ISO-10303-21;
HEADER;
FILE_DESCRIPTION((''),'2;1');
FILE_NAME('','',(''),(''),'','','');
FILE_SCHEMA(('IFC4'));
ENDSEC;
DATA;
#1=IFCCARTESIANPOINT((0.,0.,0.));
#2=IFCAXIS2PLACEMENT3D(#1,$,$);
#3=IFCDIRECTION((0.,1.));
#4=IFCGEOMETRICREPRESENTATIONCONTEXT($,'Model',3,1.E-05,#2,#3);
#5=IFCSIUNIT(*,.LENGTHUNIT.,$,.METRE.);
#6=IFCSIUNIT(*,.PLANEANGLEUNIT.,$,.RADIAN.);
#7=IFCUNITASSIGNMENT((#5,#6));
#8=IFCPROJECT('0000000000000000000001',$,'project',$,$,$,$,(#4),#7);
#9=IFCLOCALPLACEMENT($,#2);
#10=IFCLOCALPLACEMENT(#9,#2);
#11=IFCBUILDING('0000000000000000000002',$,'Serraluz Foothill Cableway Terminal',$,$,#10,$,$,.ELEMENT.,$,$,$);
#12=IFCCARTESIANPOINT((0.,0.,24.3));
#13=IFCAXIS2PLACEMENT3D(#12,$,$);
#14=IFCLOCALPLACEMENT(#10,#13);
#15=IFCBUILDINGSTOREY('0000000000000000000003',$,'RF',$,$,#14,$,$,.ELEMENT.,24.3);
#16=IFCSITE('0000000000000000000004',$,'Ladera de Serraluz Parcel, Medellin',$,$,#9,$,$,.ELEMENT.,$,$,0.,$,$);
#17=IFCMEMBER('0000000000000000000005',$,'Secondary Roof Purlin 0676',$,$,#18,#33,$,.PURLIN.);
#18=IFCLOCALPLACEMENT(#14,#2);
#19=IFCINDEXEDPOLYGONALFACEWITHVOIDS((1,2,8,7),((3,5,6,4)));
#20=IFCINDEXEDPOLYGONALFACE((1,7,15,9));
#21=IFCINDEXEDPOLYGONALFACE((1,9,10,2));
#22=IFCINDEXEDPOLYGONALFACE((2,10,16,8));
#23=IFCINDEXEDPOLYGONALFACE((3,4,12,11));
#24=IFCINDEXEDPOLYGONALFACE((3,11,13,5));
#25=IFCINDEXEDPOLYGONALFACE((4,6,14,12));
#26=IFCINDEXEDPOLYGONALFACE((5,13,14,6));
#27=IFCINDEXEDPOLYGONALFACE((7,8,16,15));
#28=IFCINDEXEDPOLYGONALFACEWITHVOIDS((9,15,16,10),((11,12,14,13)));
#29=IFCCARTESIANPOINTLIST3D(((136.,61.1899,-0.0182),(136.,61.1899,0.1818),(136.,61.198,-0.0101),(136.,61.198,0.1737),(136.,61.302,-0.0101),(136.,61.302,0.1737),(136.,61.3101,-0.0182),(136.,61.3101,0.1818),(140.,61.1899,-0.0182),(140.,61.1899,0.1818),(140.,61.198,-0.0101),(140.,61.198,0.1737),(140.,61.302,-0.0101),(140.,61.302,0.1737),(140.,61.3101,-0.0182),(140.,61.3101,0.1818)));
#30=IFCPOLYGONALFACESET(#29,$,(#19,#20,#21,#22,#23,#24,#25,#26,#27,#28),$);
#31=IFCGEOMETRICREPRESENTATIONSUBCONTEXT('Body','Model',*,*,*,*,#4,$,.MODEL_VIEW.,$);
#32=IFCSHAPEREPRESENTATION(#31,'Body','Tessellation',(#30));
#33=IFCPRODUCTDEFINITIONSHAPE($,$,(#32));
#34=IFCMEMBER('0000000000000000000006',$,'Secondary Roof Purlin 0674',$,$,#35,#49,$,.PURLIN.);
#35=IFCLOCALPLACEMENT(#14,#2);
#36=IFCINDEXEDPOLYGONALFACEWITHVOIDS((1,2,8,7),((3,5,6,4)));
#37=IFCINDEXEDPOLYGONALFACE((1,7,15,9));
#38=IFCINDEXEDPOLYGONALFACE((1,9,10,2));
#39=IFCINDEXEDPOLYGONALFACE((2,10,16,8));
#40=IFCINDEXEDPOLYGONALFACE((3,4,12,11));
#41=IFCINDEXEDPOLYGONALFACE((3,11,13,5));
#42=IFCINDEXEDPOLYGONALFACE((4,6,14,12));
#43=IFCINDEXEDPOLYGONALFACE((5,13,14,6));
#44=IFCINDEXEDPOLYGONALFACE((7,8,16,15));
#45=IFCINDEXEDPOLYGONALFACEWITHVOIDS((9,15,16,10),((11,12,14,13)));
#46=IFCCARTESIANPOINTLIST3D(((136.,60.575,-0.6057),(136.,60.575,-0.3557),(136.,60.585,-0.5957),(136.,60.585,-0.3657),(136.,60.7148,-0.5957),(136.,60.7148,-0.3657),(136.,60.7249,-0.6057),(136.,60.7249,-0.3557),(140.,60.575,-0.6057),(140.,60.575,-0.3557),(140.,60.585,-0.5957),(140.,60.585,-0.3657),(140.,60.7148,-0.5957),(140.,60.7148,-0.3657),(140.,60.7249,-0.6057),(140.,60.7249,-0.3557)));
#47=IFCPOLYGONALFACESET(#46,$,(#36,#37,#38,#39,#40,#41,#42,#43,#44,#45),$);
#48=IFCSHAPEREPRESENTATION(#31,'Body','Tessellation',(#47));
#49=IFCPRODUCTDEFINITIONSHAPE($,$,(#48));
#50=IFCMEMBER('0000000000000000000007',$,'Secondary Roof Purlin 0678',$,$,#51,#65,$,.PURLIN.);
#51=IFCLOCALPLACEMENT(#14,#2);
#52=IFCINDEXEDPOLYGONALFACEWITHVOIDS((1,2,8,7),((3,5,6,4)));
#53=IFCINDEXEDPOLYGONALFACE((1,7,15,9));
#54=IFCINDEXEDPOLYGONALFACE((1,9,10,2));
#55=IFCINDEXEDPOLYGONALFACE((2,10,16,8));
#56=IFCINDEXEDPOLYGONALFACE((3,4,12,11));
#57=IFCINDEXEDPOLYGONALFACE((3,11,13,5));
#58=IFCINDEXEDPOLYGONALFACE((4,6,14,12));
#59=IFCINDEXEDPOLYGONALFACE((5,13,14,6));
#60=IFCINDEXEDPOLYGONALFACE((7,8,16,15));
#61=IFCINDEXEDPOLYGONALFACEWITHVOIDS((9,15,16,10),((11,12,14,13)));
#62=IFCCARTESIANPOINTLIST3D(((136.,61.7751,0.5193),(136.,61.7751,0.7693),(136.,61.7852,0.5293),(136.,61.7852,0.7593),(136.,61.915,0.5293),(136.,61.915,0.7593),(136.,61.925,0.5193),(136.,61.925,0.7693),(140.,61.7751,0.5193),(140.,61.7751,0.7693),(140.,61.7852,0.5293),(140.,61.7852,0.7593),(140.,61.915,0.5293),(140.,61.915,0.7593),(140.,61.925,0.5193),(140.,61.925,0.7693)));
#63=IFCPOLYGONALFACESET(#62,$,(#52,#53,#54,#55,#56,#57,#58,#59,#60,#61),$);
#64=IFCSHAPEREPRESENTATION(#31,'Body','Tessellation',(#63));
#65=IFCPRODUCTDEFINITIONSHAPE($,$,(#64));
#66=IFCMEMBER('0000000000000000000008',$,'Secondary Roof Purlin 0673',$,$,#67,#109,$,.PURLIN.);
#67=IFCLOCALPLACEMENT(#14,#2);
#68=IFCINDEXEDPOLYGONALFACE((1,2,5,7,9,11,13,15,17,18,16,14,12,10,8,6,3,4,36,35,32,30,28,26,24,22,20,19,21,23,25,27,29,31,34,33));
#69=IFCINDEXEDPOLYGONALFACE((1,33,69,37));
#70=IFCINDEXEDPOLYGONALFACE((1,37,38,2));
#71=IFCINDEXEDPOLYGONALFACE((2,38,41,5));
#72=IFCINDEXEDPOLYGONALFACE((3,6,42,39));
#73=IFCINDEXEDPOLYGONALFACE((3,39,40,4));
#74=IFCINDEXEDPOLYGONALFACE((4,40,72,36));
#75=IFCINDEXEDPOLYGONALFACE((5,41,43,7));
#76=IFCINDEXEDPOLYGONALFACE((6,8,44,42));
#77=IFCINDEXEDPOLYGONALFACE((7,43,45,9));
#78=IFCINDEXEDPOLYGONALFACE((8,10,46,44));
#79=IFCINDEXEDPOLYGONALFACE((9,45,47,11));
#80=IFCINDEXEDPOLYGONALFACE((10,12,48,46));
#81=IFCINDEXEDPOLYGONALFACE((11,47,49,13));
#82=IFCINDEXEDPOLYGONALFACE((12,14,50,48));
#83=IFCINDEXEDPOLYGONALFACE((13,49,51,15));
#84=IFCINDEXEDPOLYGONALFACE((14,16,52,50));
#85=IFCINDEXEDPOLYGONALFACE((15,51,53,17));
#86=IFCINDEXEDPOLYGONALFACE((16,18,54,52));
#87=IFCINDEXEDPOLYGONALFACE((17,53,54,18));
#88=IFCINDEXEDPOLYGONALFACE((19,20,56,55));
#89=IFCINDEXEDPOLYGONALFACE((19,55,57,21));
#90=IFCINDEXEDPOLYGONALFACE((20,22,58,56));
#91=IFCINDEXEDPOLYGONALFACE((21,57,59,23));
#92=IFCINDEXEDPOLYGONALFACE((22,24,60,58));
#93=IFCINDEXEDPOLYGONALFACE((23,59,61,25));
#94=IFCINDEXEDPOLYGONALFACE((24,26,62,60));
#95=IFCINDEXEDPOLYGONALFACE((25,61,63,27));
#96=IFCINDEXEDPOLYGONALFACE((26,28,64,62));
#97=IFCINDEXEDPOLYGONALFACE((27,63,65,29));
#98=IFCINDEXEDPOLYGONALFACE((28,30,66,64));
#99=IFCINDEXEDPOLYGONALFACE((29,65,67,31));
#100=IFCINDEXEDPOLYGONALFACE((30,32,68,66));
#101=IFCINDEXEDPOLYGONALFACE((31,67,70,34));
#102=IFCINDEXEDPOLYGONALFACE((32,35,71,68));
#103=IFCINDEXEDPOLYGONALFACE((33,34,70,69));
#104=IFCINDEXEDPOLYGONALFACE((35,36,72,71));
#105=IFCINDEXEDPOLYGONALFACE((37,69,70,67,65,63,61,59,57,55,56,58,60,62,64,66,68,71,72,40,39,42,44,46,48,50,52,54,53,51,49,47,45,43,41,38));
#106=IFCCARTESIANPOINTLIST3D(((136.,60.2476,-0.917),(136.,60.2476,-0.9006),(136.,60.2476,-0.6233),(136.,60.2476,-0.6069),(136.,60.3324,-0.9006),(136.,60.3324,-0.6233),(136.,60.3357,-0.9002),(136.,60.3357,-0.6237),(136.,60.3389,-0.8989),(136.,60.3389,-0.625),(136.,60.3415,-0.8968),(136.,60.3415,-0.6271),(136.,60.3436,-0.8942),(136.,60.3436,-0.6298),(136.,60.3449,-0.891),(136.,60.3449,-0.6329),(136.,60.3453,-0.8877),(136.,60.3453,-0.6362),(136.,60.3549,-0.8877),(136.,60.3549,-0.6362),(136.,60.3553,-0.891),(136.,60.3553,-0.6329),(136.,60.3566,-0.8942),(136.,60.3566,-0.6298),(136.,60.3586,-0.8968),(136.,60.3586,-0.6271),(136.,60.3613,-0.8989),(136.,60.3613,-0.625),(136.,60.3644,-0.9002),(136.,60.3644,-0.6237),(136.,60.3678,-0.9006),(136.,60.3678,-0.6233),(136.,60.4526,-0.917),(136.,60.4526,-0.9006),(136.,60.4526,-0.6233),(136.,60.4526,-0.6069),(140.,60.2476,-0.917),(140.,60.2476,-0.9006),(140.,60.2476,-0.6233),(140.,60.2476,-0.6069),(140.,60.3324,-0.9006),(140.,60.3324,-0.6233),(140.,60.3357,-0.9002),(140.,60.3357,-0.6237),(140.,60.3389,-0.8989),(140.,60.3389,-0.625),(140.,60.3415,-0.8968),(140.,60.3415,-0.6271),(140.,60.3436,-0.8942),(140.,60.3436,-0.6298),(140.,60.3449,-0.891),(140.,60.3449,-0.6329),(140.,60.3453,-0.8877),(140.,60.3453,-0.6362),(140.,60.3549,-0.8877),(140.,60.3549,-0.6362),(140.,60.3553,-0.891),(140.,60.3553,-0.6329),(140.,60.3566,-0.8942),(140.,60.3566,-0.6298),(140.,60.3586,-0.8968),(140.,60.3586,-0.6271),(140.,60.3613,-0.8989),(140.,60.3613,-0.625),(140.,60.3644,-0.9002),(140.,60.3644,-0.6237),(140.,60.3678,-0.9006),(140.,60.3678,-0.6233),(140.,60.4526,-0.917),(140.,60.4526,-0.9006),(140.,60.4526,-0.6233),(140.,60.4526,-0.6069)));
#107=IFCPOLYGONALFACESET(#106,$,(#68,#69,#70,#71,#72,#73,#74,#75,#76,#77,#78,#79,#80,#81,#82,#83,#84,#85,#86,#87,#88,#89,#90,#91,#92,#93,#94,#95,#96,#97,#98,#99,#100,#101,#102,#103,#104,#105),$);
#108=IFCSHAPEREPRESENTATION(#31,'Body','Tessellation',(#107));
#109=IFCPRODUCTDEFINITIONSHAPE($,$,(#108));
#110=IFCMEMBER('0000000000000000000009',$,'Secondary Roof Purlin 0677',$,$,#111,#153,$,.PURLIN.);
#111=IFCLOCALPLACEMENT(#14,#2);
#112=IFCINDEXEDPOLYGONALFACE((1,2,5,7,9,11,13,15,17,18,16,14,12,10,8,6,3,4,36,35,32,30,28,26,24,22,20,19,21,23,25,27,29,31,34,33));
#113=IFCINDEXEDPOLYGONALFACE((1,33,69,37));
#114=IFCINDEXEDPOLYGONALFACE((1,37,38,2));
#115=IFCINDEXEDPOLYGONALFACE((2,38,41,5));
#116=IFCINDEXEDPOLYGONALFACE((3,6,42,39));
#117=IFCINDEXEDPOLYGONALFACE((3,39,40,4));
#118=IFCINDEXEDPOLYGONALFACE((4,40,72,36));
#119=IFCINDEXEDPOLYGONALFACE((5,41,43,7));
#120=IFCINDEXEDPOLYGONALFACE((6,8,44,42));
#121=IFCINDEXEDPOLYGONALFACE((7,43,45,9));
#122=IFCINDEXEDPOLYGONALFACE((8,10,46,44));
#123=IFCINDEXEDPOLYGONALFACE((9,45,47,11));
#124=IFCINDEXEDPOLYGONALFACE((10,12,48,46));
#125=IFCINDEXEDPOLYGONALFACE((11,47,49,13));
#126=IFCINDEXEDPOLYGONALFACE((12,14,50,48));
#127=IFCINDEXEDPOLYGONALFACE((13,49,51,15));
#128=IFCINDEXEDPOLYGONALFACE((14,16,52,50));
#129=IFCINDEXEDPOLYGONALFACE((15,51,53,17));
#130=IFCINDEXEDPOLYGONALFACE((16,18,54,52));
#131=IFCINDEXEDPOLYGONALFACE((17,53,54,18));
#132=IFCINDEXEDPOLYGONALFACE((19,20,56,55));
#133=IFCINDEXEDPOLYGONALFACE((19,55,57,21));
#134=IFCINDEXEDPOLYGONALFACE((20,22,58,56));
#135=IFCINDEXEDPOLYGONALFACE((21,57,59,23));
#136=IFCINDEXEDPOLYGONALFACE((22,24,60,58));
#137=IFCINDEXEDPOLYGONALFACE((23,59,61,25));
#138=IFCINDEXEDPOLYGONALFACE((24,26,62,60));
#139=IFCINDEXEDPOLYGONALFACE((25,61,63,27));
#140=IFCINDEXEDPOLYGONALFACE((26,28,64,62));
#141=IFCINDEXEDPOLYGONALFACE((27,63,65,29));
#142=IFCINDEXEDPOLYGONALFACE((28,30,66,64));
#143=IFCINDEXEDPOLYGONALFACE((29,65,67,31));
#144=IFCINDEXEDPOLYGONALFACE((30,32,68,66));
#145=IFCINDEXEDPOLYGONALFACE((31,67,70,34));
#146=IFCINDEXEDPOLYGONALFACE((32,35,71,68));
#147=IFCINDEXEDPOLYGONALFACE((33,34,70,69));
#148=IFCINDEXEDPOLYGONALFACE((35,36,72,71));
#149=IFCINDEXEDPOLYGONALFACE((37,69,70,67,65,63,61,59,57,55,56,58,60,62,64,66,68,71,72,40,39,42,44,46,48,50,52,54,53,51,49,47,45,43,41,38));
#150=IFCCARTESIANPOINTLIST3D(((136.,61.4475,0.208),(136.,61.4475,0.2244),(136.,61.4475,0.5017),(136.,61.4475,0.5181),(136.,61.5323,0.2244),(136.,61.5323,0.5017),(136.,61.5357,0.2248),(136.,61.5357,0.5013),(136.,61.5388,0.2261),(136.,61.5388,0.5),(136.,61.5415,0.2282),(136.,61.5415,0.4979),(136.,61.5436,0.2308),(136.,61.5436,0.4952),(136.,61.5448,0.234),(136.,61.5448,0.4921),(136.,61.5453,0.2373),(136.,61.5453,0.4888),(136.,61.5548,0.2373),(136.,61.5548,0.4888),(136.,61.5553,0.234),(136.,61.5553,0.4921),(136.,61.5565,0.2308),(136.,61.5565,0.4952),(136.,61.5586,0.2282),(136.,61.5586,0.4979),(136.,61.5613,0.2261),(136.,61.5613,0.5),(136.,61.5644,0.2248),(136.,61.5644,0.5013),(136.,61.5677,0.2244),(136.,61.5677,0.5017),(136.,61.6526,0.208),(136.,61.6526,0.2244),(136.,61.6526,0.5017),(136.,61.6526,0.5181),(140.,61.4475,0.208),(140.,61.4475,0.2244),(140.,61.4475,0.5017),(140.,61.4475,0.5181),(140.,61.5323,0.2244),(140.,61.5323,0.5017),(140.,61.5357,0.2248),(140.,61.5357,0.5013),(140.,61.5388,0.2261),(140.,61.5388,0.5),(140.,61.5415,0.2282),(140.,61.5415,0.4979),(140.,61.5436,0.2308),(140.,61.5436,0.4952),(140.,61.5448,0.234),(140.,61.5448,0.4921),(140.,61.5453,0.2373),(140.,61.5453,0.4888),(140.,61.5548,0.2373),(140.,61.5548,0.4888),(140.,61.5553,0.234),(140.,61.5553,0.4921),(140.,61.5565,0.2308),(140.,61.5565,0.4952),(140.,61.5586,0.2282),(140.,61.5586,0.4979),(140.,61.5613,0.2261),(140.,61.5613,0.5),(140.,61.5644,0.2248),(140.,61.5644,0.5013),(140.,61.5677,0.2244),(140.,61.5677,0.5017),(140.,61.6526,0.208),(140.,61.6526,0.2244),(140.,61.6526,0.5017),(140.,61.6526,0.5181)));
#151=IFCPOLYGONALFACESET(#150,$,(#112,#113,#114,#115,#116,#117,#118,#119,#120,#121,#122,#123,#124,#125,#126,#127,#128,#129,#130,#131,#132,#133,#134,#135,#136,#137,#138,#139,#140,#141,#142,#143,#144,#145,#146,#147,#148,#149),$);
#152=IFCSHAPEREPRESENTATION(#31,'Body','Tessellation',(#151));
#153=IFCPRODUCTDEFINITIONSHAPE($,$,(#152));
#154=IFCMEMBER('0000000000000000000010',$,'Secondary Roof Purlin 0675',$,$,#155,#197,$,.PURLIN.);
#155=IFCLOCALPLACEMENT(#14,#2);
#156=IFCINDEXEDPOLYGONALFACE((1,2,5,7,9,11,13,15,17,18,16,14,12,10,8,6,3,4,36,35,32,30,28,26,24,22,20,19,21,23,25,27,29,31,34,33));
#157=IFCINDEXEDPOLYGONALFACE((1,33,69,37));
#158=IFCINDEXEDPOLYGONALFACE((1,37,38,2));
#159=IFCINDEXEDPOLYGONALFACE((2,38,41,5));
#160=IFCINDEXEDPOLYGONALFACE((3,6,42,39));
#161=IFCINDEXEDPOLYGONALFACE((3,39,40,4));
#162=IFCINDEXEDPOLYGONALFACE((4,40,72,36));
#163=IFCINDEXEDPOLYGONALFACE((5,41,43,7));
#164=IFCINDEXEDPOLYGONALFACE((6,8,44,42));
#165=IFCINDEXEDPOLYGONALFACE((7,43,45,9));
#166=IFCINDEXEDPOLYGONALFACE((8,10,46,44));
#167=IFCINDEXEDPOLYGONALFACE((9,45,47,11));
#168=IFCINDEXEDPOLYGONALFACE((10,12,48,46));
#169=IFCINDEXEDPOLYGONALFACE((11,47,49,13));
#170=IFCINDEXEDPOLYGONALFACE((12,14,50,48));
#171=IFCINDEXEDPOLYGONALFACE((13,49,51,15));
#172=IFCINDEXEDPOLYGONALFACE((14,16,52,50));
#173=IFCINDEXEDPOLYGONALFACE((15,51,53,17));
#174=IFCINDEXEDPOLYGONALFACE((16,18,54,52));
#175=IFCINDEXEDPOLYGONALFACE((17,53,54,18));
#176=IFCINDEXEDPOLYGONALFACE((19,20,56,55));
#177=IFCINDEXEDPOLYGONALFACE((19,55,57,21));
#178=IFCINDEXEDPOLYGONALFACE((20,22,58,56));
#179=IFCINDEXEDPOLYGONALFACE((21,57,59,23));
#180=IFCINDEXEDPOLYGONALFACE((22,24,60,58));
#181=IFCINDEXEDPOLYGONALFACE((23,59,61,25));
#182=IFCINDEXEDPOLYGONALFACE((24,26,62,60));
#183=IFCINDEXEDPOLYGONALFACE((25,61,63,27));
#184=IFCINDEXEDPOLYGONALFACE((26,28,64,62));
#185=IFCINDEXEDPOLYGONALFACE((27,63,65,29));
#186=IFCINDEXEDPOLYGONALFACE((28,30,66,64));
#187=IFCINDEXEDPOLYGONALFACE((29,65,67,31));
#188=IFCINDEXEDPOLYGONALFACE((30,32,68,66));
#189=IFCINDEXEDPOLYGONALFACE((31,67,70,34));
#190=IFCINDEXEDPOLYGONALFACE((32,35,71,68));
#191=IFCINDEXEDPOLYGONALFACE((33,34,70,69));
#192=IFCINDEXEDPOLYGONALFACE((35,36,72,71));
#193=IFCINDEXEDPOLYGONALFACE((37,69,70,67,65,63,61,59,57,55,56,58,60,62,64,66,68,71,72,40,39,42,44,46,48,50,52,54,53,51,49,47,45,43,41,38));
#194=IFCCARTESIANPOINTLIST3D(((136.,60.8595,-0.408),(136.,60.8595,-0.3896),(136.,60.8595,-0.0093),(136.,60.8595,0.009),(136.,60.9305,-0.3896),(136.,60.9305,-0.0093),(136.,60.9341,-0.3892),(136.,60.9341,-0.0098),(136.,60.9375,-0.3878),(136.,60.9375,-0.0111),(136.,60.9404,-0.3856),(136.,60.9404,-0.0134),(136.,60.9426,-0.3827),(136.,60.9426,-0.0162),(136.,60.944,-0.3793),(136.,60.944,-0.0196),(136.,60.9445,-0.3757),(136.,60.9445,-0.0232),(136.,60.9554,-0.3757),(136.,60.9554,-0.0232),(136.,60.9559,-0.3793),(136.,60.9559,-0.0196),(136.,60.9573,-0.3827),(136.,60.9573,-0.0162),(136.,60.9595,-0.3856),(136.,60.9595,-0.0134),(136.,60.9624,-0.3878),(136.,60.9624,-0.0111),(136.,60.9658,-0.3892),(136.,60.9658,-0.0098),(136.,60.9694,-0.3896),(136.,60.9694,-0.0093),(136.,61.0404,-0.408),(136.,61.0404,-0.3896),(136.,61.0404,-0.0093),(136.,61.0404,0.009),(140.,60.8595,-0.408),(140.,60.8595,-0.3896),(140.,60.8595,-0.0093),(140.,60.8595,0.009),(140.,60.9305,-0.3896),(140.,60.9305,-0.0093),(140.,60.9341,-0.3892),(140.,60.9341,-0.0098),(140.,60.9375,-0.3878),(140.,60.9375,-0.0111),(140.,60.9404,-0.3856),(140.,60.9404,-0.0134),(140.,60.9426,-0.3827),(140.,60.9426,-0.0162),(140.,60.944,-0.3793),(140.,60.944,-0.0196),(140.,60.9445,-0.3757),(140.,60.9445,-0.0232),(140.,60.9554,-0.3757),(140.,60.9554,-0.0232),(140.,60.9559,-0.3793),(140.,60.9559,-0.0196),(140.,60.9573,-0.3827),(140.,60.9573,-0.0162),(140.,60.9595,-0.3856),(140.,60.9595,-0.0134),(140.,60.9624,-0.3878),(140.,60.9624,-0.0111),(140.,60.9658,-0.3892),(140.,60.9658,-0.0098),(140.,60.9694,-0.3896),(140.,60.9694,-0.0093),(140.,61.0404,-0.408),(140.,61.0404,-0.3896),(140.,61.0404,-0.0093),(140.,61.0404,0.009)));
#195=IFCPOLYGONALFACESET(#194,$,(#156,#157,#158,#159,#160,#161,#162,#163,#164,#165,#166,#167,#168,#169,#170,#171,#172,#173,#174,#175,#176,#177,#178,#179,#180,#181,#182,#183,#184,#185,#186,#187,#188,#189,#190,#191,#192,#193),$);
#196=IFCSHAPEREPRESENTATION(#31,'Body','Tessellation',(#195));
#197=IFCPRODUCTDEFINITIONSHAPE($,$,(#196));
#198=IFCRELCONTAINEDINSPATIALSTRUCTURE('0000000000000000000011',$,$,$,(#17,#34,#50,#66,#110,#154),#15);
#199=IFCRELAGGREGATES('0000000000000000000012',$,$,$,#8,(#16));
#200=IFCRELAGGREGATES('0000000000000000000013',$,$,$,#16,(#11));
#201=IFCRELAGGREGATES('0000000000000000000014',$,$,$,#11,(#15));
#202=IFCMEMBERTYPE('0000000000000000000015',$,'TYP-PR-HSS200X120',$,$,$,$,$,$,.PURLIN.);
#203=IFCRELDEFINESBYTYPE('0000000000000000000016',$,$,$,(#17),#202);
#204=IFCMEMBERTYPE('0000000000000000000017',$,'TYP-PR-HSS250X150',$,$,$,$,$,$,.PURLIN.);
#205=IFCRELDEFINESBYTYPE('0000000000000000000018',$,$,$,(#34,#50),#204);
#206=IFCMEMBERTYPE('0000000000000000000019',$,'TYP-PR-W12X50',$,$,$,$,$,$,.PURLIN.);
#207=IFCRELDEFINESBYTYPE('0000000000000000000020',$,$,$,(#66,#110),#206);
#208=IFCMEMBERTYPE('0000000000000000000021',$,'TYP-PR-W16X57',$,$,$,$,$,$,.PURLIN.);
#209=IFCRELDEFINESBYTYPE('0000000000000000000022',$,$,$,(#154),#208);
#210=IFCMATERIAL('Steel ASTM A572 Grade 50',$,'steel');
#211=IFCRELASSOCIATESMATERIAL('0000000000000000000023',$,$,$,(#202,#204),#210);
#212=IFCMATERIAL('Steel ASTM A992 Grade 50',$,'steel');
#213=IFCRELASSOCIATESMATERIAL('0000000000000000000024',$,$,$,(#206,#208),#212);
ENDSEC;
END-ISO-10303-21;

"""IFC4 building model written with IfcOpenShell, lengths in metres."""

from ifc_helpers import new_model, si_unit, direction, frame, origin, origin_2d, place, context, subcontext, project, spatial, hollow_rectangle, i_section, extrude, material, material_profile, profile_set, type_object, element, save


model = new_model("IFC4")

# Units and contexts
model_context = context("Model", 3, precision=1e-05, world=origin(), true_north=direction((0.0, 1.0)))
body_context = subcontext(model_context, "Body", "Model", "MODEL_VIEW")
ifc_project = project(units=[si_unit("LENGTHUNIT", "METRE"), si_unit("PLANEANGLEUNIT", "RADIAN")], contexts=[model_context])

# Site, building, storey
site_placement = place(None, origin())
site = spatial("IfcSite", under=ifc_project, at=site_placement, Name="Ladera de Serraluz Parcel, Medellin", CompositionType="ELEMENT", RefElevation=0.0)
building_placement = place(site_placement, origin())
building = spatial("IfcBuilding", under=site, at=building_placement, Name="Serraluz Foothill Cableway Terminal", CompositionType="ELEMENT")
storey_placement = place(building_placement, frame((0.0, 0.0, 24.3)))
storey = spatial("IfcBuildingStorey", under=building, at=storey_placement, Name="RF", CompositionType="ELEMENT", Elevation=24.3)

# Members
ifc_material_1 = material(Name="Steel ASTM A572 Grade 50", Category="steel")
ifc_material_profile_1 = material_profile(ifc_material_1, hollow_rectangle(XDim=0.1201, YDim=0.2, WallThickness=0.0081, at=origin_2d()), Name="HSS200X120X8")
ifc_profile_set_1 = profile_set([ifc_material_profile_1], Name="Steel ASTM A572 Grade 50")
member_type_1 = type_object("IfcMemberType", Name="TYP-PR-HSS200X120", PredefinedType="PURLIN", material=ifc_profile_set_1)
member_1_placement = place(storey_placement, frame((136.0, 61.25, 0.0818), z_axis=(1.0, 0.0, 0.0), x_axis=(0.0, 1.0, 0.0)))
element("IfcMember", 1, at=member_1_placement, inside=storey, type_object=member_type_1, Name="Secondary Roof Purlin 0676", PredefinedType="PURLIN", context=body_context, shape_type="SweptSolid", body=[
    extrude(hollow_rectangle(XDim=0.1201, YDim=0.2, WallThickness=0.0081, at=origin_2d()), origin(), (0.0, 0.0, 1.0), 4.0),
])
ifc_material_profile_2 = material_profile(ifc_material_1, hollow_rectangle(XDim=0.1499, YDim=0.25, WallThickness=0.01, at=origin_2d()), Name="HSS250X150X10")
ifc_profile_set_2 = profile_set([ifc_material_profile_2], Name="Steel ASTM A572 Grade 50")
member_type_2 = type_object("IfcMemberType", Name="TYP-PR-HSS250X150", PredefinedType="PURLIN", material=ifc_profile_set_2)
for number, where, z_axis, x_axis, name in (
    (2, (136.0, 60.6499, -0.4807), (1.0, 0.0, 0.0), (0.0, 1.0, 0.0), "Secondary Roof Purlin 0674"),
    (3, (136.0, 61.8501, 0.6443), (1.0, 0.0, 0.0), (0.0, 1.0, 0.0), "Secondary Roof Purlin 0678"),
):
    element("IfcMember", number, at=place(storey_placement, frame(where, z_axis=z_axis, x_axis=x_axis)), inside=storey, type_object=member_type_2, Name=name, PredefinedType="PURLIN", context=body_context, shape_type="SweptSolid", body=[
        extrude(hollow_rectangle(XDim=0.1499, YDim=0.25, WallThickness=0.01, at=origin_2d()), origin(), (0.0, 0.0, 1.0), 4.0),
    ])
ifc_material_2 = material(Name="Steel ASTM A992 Grade 50", Category="steel")
ifc_material_profile_3 = material_profile(ifc_material_2, i_section(OverallWidth=0.2051, OverallDepth=0.3101, WebThickness=0.0095, FlangeThickness=0.0164, FilletRadius=0.0129, at=origin_2d()), Name="W12X50")
ifc_profile_set_3 = profile_set([ifc_material_profile_3], Name="Steel ASTM A992 Grade 50")
member_type_3 = type_object("IfcMemberType", Name="TYP-PR-W12X50", PredefinedType="PURLIN", material=ifc_profile_set_3)
for number, where, z_axis, x_axis, name in (
    (4, (136.0, 60.3501, -0.762), (1.0, 0.0, 0.0), (0.0, 1.0, 0.0), "Secondary Roof Purlin 0673"),
    (5, (136.0, 61.55, 0.363), (1.0, 0.0, 0.0), (0.0, 1.0, 0.0), "Secondary Roof Purlin 0677"),
):
    element("IfcMember", number, at=place(storey_placement, frame(where, z_axis=z_axis, x_axis=x_axis)), inside=storey, type_object=member_type_3, Name=name, PredefinedType="PURLIN", context=body_context, shape_type="SweptSolid", body=[
        extrude(i_section(OverallWidth=0.2051, OverallDepth=0.3101, WebThickness=0.0095, FlangeThickness=0.0164, FilletRadius=0.0129, at=origin_2d()), origin(), (0.0, 0.0, 1.0), 4.0),
    ])
ifc_material_profile_4 = material_profile(ifc_material_2, i_section(OverallWidth=0.1809, OverallDepth=0.417, WebThickness=0.011, FlangeThickness=0.0183, FilletRadius=0.0139, at=origin_2d()), Name="W16X57")
ifc_profile_set_4 = profile_set([ifc_material_profile_4], Name="Steel ASTM A992 Grade 50")
member_type_4 = type_object("IfcMemberType", Name="TYP-PR-W16X57", PredefinedType="PURLIN", material=ifc_profile_set_4)
member_2_placement = place(storey_placement, frame((136.0, 60.95, -0.1995), z_axis=(1.0, 0.0, 0.0), x_axis=(0.0, 1.0, 0.0)))
element("IfcMember", 6, at=member_2_placement, inside=storey, type_object=member_type_4, Name="Secondary Roof Purlin 0675", PredefinedType="PURLIN", context=body_context, shape_type="SweptSolid", body=[
    extrude(i_section(OverallWidth=0.1809, OverallDepth=0.417, WebThickness=0.011, FlangeThickness=0.0183, FilletRadius=0.0139, at=origin_2d()), origin(), (0.0, 0.0, 1.0), 4.0),
])

save(model, "model.ifc")
